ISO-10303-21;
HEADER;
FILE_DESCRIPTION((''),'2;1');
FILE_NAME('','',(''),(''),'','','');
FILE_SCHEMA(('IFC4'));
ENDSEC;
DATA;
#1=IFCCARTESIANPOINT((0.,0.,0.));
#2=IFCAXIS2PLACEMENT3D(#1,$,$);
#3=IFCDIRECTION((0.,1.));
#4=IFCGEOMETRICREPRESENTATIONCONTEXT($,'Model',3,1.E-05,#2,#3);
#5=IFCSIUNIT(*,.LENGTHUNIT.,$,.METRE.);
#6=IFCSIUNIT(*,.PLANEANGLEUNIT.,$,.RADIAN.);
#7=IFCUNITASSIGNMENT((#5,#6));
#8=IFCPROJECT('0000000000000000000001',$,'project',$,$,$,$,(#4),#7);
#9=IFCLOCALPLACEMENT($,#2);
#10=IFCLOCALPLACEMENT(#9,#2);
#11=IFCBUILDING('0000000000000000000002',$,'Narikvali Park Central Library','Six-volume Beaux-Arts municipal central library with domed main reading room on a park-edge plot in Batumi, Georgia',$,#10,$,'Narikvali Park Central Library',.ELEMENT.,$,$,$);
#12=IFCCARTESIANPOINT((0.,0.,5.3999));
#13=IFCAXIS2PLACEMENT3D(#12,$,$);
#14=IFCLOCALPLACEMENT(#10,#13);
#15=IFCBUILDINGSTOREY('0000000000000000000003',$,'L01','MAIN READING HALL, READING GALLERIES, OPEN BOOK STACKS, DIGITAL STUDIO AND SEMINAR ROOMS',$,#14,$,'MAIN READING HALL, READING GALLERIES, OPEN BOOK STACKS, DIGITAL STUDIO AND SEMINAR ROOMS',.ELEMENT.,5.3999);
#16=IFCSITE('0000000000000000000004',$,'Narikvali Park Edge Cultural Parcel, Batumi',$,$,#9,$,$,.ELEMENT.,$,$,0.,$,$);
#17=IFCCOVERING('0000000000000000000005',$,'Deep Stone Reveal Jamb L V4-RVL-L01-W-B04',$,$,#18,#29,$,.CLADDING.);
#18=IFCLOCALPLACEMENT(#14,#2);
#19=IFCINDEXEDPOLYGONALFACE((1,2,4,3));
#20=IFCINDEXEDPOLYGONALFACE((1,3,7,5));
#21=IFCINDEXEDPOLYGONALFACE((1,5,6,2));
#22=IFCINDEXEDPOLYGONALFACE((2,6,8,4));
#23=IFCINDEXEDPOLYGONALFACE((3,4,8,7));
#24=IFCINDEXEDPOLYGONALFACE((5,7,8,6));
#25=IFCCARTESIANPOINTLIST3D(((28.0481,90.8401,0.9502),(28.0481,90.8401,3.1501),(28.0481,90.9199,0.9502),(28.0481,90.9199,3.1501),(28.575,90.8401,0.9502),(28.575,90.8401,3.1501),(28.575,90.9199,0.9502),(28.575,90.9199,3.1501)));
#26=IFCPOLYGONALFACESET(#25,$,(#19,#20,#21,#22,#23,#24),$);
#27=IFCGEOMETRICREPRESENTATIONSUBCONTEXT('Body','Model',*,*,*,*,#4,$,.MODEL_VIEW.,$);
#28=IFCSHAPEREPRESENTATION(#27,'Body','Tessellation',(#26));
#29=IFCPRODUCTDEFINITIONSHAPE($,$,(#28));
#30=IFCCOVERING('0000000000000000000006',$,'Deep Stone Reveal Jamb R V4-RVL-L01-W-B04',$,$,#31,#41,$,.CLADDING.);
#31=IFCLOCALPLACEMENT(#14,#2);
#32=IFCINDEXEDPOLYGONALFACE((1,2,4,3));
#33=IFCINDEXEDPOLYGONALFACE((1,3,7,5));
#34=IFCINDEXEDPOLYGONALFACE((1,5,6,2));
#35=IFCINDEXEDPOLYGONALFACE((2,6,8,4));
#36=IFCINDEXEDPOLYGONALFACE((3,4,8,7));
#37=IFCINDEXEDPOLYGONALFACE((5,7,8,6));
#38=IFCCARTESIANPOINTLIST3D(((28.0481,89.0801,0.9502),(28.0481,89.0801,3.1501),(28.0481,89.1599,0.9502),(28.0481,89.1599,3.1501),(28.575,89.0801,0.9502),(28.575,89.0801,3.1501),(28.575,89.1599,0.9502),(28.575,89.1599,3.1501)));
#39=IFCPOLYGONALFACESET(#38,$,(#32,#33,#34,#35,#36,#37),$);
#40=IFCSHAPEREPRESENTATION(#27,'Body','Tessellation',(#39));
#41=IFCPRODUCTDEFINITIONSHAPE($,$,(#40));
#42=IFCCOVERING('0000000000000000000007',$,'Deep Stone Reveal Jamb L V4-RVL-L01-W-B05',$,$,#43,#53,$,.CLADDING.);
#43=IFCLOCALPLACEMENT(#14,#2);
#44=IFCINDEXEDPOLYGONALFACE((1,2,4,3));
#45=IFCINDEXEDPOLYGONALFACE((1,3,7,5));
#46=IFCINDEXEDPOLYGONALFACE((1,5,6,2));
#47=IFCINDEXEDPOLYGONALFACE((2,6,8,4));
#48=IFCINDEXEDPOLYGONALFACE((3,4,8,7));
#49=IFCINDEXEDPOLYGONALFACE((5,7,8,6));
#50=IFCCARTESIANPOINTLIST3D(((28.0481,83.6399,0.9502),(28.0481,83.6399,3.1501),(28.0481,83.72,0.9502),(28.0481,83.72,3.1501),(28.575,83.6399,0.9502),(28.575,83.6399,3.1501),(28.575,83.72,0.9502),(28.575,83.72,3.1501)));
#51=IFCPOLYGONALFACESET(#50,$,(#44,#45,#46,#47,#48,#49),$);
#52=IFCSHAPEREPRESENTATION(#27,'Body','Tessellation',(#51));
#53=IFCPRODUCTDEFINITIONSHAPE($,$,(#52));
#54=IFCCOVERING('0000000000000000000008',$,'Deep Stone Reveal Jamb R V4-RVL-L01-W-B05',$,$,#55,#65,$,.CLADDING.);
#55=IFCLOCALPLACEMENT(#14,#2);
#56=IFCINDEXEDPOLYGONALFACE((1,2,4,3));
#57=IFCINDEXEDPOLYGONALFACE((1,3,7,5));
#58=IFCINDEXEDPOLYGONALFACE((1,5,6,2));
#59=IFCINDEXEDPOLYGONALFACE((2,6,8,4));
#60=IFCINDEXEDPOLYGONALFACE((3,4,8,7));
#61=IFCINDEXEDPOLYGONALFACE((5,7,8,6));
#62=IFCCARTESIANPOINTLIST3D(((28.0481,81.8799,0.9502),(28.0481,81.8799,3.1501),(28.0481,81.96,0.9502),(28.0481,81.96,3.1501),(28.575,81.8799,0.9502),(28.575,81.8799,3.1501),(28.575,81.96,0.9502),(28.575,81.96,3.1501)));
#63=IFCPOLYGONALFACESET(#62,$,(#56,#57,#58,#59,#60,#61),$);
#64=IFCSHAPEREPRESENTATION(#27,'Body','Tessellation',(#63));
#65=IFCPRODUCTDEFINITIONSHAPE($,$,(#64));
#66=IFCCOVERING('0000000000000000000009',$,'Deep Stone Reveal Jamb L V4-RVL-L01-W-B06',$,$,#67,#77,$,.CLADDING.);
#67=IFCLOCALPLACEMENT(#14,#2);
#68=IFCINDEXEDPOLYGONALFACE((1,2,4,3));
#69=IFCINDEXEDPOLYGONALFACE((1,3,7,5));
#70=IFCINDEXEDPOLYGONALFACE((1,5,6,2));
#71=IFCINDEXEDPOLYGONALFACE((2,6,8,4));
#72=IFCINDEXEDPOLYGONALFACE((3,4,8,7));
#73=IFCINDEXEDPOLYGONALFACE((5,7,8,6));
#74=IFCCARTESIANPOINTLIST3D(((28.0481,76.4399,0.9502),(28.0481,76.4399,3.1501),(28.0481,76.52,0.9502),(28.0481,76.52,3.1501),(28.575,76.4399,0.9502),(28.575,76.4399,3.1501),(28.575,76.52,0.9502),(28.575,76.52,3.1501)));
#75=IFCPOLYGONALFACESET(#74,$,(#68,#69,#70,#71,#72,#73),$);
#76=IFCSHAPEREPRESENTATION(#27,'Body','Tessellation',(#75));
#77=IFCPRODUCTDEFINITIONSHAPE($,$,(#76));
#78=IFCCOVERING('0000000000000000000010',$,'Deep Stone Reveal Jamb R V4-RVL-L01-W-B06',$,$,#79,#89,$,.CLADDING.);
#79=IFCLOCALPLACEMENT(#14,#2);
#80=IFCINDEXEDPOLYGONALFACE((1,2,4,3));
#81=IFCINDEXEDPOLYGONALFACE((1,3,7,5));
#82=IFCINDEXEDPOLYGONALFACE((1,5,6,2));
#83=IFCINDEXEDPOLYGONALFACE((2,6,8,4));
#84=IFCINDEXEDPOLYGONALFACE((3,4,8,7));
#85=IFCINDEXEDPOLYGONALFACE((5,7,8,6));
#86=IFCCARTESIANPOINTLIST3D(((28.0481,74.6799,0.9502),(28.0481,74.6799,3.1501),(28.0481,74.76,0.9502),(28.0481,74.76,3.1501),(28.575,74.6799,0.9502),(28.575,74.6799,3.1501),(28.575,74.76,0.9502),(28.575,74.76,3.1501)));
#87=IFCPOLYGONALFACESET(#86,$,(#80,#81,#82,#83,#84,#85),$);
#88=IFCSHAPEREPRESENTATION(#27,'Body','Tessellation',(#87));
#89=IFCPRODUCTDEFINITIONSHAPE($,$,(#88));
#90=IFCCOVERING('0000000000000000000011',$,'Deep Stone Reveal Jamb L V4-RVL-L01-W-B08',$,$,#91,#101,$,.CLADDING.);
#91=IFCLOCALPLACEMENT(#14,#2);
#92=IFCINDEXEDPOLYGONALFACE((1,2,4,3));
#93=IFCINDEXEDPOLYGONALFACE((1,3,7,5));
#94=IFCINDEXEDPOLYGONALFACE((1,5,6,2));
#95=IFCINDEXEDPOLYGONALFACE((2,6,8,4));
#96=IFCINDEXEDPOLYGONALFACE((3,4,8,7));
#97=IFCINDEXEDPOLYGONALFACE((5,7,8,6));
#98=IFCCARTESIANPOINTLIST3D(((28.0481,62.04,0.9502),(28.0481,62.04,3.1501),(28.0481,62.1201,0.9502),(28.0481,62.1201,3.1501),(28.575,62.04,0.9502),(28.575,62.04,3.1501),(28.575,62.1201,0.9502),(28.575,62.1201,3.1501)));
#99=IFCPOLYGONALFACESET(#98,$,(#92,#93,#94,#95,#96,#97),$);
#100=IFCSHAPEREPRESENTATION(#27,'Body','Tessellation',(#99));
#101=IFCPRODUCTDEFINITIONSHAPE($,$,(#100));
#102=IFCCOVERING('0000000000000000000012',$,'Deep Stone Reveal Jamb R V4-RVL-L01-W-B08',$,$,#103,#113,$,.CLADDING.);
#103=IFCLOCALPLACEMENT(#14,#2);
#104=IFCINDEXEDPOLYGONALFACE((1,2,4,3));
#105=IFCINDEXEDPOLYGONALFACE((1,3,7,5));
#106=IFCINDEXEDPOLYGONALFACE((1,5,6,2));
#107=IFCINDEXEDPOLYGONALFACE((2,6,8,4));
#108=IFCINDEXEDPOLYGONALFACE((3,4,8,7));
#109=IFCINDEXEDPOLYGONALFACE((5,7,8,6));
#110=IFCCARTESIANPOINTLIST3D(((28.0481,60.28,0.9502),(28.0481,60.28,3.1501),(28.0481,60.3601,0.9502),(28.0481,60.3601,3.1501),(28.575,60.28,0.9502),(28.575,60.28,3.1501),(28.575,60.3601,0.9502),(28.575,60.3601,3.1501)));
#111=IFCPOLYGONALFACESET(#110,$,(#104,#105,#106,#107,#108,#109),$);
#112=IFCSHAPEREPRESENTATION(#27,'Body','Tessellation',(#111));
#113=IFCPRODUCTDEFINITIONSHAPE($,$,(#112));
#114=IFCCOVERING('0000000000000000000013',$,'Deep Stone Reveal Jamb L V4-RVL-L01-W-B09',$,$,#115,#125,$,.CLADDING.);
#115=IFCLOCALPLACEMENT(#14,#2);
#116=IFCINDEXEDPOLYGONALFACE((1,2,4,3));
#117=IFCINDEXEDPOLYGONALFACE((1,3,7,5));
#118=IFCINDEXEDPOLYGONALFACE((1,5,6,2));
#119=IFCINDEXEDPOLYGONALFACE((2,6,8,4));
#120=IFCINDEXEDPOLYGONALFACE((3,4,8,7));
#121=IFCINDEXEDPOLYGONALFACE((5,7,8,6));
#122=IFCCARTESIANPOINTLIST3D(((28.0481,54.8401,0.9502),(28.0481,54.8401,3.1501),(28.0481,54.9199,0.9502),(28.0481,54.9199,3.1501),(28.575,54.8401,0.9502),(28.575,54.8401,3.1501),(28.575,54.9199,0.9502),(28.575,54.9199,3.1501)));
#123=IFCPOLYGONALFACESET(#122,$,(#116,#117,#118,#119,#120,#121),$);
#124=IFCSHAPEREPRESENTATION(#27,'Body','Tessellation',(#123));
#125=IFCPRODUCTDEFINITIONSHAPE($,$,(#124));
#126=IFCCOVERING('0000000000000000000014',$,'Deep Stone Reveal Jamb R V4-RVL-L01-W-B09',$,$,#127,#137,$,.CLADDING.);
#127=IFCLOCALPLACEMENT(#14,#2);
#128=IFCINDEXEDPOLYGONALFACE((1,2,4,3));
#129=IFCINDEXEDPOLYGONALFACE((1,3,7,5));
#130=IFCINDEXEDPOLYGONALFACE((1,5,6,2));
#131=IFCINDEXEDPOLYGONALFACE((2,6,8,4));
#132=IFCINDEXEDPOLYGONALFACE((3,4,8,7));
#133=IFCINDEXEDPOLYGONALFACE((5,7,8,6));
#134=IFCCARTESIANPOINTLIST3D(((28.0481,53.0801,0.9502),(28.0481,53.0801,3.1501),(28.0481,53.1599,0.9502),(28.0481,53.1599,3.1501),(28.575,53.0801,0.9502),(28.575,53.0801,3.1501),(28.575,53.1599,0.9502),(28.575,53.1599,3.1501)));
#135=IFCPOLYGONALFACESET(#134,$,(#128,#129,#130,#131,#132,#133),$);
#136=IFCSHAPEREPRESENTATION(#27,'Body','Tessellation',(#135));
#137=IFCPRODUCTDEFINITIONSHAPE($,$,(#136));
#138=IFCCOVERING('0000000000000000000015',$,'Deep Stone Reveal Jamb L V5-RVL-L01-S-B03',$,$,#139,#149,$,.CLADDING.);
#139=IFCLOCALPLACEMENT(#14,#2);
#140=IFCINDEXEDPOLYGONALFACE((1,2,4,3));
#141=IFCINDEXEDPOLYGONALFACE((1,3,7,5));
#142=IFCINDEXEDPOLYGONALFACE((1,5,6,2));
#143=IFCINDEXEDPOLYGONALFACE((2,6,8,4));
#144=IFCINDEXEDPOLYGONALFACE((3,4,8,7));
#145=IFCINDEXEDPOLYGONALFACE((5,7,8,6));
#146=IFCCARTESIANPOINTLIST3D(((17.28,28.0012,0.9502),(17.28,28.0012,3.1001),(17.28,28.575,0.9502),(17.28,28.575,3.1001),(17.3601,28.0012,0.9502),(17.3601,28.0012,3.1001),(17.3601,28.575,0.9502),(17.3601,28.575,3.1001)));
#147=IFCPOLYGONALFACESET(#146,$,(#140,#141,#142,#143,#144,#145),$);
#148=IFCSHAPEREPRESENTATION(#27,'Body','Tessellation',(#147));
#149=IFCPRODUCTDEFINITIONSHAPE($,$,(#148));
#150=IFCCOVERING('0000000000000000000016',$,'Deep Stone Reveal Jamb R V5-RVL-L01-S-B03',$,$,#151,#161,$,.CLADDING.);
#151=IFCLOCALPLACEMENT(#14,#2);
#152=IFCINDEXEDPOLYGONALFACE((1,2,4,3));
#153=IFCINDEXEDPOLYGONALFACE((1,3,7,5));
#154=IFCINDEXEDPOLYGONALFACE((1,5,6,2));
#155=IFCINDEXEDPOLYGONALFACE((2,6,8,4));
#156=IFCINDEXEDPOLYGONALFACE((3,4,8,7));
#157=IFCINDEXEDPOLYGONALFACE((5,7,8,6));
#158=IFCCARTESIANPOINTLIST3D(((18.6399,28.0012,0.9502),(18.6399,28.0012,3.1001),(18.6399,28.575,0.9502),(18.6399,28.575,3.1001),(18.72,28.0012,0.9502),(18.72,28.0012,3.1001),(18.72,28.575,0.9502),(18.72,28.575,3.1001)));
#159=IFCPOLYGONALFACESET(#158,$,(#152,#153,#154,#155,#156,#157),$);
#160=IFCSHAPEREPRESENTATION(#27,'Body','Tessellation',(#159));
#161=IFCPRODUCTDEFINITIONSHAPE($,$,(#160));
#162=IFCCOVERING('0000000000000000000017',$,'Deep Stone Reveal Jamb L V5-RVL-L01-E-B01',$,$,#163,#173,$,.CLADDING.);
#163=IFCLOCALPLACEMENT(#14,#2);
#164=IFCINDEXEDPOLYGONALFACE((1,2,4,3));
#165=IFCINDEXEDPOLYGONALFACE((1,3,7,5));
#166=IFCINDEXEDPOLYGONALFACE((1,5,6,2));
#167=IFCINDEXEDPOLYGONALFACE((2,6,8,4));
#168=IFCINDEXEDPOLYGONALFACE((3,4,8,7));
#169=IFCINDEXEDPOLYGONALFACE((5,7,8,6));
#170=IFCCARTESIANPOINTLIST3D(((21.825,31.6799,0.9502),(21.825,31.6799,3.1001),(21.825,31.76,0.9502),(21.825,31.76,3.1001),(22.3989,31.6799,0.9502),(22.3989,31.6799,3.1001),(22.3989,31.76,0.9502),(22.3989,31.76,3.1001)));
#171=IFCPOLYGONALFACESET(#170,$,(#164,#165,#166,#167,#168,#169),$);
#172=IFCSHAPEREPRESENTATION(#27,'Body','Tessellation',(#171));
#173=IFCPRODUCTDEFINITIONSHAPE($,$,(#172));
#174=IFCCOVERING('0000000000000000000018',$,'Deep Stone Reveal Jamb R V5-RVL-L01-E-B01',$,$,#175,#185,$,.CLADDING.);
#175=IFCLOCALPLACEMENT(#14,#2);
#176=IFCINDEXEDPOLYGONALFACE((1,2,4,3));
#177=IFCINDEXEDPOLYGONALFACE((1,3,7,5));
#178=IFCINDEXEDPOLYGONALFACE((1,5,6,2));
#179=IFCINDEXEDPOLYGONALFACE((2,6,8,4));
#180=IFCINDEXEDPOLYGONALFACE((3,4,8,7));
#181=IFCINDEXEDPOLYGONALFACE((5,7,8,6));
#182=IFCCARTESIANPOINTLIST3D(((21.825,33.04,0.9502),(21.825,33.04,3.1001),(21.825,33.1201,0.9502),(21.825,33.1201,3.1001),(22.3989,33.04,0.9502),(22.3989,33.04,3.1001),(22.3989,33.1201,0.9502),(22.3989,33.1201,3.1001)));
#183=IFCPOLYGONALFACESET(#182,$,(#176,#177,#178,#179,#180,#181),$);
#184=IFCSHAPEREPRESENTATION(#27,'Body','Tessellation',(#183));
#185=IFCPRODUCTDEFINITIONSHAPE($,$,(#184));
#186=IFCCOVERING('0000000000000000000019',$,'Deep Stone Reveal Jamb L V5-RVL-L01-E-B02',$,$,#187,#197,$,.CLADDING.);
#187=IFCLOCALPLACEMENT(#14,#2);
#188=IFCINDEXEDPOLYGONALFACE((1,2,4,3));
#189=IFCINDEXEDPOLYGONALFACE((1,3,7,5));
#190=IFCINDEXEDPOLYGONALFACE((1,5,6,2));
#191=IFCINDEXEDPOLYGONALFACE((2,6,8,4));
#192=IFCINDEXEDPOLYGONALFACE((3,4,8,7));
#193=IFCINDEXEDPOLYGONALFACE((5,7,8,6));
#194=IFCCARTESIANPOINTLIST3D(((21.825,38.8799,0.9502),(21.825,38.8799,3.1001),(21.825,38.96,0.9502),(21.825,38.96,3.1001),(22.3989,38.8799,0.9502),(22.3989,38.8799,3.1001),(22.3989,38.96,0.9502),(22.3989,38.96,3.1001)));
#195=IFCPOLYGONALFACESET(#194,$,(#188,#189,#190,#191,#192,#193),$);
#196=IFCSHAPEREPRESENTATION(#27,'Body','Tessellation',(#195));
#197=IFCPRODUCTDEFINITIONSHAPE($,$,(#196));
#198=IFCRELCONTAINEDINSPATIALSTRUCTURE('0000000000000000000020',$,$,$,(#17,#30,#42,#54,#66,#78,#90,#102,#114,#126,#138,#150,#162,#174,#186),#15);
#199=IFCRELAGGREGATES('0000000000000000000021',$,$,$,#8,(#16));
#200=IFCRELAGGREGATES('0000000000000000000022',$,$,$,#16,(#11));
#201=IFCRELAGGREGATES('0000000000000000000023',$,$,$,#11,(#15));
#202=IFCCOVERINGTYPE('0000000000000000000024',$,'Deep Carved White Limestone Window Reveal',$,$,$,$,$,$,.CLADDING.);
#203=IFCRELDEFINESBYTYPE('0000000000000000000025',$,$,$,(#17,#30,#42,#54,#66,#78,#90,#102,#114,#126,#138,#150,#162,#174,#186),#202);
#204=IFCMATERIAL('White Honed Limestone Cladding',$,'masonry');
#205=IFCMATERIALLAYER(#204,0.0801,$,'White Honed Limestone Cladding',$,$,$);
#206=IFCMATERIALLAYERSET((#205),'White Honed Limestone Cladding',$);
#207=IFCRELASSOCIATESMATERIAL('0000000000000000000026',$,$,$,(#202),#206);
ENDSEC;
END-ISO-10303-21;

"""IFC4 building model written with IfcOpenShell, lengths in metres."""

from ifc_helpers import new_model, si_unit, direction, frame, origin, place, context, subcontext, project, spatial, polyline, outline, extrude, material, layer, layer_set, type_object, element, save


model = new_model("IFC4")

# Units and contexts
model_context = context("Model", 3, precision=1e-05, world=origin(), true_north=direction((0.0, 1.0)))
body_context = subcontext(model_context, "Body", "Model", "MODEL_VIEW")
ifc_project = project(units=[si_unit("LENGTHUNIT", "METRE"), si_unit("PLANEANGLEUNIT", "RADIAN")], contexts=[model_context])

# Site, building, storey
site_placement = place(None, origin())
site = spatial("IfcSite", under=ifc_project, at=site_placement, Name="Narikvali Park Edge Cultural Parcel, Batumi", CompositionType="ELEMENT", RefElevation=0.0)
building_placement = place(site_placement, origin())
building = spatial("IfcBuilding", under=site, at=building_placement, Name="Narikvali Park Central Library", Description="Six-volume Beaux-Arts municipal central library with domed main reading room on a park-edge plot in Batumi, Georgia", LongName="Narikvali Park Central Library", CompositionType="ELEMENT")
storey_placement = place(building_placement, frame((0.0, 0.0, 5.3999)))
storey = spatial("IfcBuildingStorey", under=building, at=storey_placement, Name="L01", Description="MAIN READING HALL, READING GALLERIES, OPEN BOOK STACKS, DIGITAL STUDIO AND SEMINAR ROOMS", LongName="MAIN READING HALL, READING GALLERIES, OPEN BOOK STACKS, DIGITAL STUDIO AND SEMINAR ROOMS", CompositionType="ELEMENT", Elevation=5.3999)

# Coverings
ifc_material = material(Name="White Honed Limestone Cladding", Category="masonry")
ifc_layer = layer(ifc_material, 0.0801, Name="White Honed Limestone Cladding")
ifc_layer_set = layer_set([ifc_layer], Name="White Honed Limestone Cladding")
covering_type = type_object("IfcCoveringType", Name="Deep Carved White Limestone Window Reveal", PredefinedType="CLADDING", material=ifc_layer_set)
covering_1_placement = place(storey_placement, frame((0.0, 0.0, 0.9502)))
element("IfcCovering", 1, at=covering_1_placement, inside=storey, type_object=covering_type, Name="Deep Stone Reveal Jamb L V4-RVL-L01-W-B04", PredefinedType="CLADDING", context=body_context, shape_type="SweptSolid", body=[
    extrude(outline(polyline([(28.575, 90.9199), (28.575, 90.8401), (28.0481, 90.8401), (28.0481, 90.9199), (28.575, 90.9199)])), origin(), (0.0, 0.0, 1.0), 2.2),
])
covering_2_placement = place(storey_placement, frame((0.0, 0.0, 0.9502)))
element("IfcCovering", 2, at=covering_2_placement, inside=storey, type_object=covering_type, Name="Deep Stone Reveal Jamb R V4-RVL-L01-W-B04", PredefinedType="CLADDING", context=body_context, shape_type="SweptSolid", body=[
    extrude(outline(polyline([(28.575, 89.1599), (28.575, 89.0801), (28.0481, 89.0801), (28.0481, 89.1599), (28.575, 89.1599)])), origin(), (0.0, 0.0, 1.0), 2.2),
])
covering_3_placement = place(storey_placement, frame((0.0, 0.0, 0.9502)))
element("IfcCovering", 3, at=covering_3_placement, inside=storey, type_object=covering_type, Name="Deep Stone Reveal Jamb L V4-RVL-L01-W-B05", PredefinedType="CLADDING", context=body_context, shape_type="SweptSolid", body=[
    extrude(outline(polyline([(28.575, 83.72), (28.575, 83.6399), (28.0481, 83.6399), (28.0481, 83.72), (28.575, 83.72)])), origin(), (0.0, 0.0, 1.0), 2.2),
])
covering_4_placement = place(storey_placement, frame((0.0, 0.0, 0.9502)))
element("IfcCovering", 4, at=covering_4_placement, inside=storey, type_object=covering_type, Name="Deep Stone Reveal Jamb R V4-RVL-L01-W-B05", PredefinedType="CLADDING", context=body_context, shape_type="SweptSolid", body=[
    extrude(outline(polyline([(28.575, 81.96), (28.575, 81.8799), (28.0481, 81.8799), (28.0481, 81.96), (28.575, 81.96)])), origin(), (0.0, 0.0, 1.0), 2.2),
])
covering_5_placement = place(storey_placement, frame((0.0, 0.0, 0.9502)))
element("IfcCovering", 5, at=covering_5_placement, inside=storey, type_object=covering_type, Name="Deep Stone Reveal Jamb L V4-RVL-L01-W-B06", PredefinedType="CLADDING", context=body_context, shape_type="SweptSolid", body=[
    extrude(outline(polyline([(28.575, 76.52), (28.575, 76.4399), (28.0481, 76.4399), (28.0481, 76.52), (28.575, 76.52)])), origin(), (0.0, 0.0, 1.0), 2.2),
])
covering_6_placement = place(storey_placement, frame((0.0, 0.0, 0.9502)))
element("IfcCovering", 6, at=covering_6_placement, inside=storey, type_object=covering_type, Name="Deep Stone Reveal Jamb R V4-RVL-L01-W-B06", PredefinedType="CLADDING", context=body_context, shape_type="SweptSolid", body=[
    extrude(outline(polyline([(28.575, 74.76), (28.575, 74.6799), (28.0481, 74.6799), (28.0481, 74.76), (28.575, 74.76)])), origin(), (0.0, 0.0, 1.0), 2.2),
])
covering_7_placement = place(storey_placement, frame((0.0, 0.0, 0.9502)))
element("IfcCovering", 7, at=covering_7_placement, inside=storey, type_object=covering_type, Name="Deep Stone Reveal Jamb L V4-RVL-L01-W-B08", PredefinedType="CLADDING", context=body_context, shape_type="SweptSolid", body=[
    extrude(outline(polyline([(28.575, 62.1201), (28.575, 62.04), (28.0481, 62.04), (28.0481, 62.1201), (28.575, 62.1201)])), origin(), (0.0, 0.0, 1.0), 2.2),
])
covering_8_placement = place(storey_placement, frame((0.0, 0.0, 0.9502)))
element("IfcCovering", 8, at=covering_8_placement, inside=storey, type_object=covering_type, Name="Deep Stone Reveal Jamb R V4-RVL-L01-W-B08", PredefinedType="CLADDING", context=body_context, shape_type="SweptSolid", body=[
    extrude(outline(polyline([(28.575, 60.3601), (28.575, 60.28), (28.0481, 60.28), (28.0481, 60.3601), (28.575, 60.3601)])), origin(), (0.0, 0.0, 1.0), 2.2),
])
covering_9_placement = place(storey_placement, frame((0.0, 0.0, 0.9502)))
element("IfcCovering", 9, at=covering_9_placement, inside=storey, type_object=covering_type, Name="Deep Stone Reveal Jamb L V4-RVL-L01-W-B09", PredefinedType="CLADDING", context=body_context, shape_type="SweptSolid", body=[
    extrude(outline(polyline([(28.575, 54.9199), (28.575, 54.8401), (28.0481, 54.8401), (28.0481, 54.9199), (28.575, 54.9199)])), origin(), (0.0, 0.0, 1.0), 2.2),
])
covering_10_placement = place(storey_placement, frame((0.0, 0.0, 0.9502)))
element("IfcCovering", 10, at=covering_10_placement, inside=storey, type_object=covering_type, Name="Deep Stone Reveal Jamb R V4-RVL-L01-W-B09", PredefinedType="CLADDING", context=body_context, shape_type="SweptSolid", body=[
    extrude(outline(polyline([(28.575, 53.1599), (28.575, 53.0801), (28.0481, 53.0801), (28.0481, 53.1599), (28.575, 53.1599)])), origin(), (0.0, 0.0, 1.0), 2.2),
])
covering_11_placement = place(storey_placement, frame((0.0, 0.0, 0.9502)))
element("IfcCovering", 11, at=covering_11_placement, inside=storey, type_object=covering_type, Name="Deep Stone Reveal Jamb L V5-RVL-L01-S-B03", PredefinedType="CLADDING", context=body_context, shape_type="SweptSolid", body=[
    extrude(outline(polyline([(17.28, 28.575), (17.3601, 28.575), (17.3601, 28.0012), (17.28, 28.0012), (17.28, 28.575)])), origin(), (0.0, 0.0, 1.0), 2.1499),
])
covering_12_placement = place(storey_placement, frame((0.0, 0.0, 0.9502)))
element("IfcCovering", 12, at=covering_12_placement, inside=storey, type_object=covering_type, Name="Deep Stone Reveal Jamb R V5-RVL-L01-S-B03", PredefinedType="CLADDING", context=body_context, shape_type="SweptSolid", body=[
    extrude(outline(polyline([(18.6399, 28.575), (18.72, 28.575), (18.72, 28.0012), (18.6399, 28.0012), (18.6399, 28.575)])), origin(), (0.0, 0.0, 1.0), 2.1499),
])
covering_13_placement = place(storey_placement, frame((0.0, 0.0, 0.9502)))
element("IfcCovering", 13, at=covering_13_placement, inside=storey, type_object=covering_type, Name="Deep Stone Reveal Jamb L V5-RVL-L01-E-B01", PredefinedType="CLADDING", context=body_context, shape_type="SweptSolid", body=[
    extrude(outline(polyline([(21.825, 31.6799), (21.825, 31.76), (22.3989, 31.76), (22.3989, 31.6799), (21.825, 31.6799)])), origin(), (0.0, 0.0, 1.0), 2.1499),
])
covering_14_placement = place(storey_placement, frame((0.0, 0.0, 0.9502)))
element("IfcCovering", 14, at=covering_14_placement, inside=storey, type_object=covering_type, Name="Deep Stone Reveal Jamb R V5-RVL-L01-E-B01", PredefinedType="CLADDING", context=body_context, shape_type="SweptSolid", body=[
    extrude(outline(polyline([(21.825, 33.04), (21.825, 33.1201), (22.3989, 33.1201), (22.3989, 33.04), (21.825, 33.04)])), origin(), (0.0, 0.0, 1.0), 2.1499),
])
covering_15_placement = place(storey_placement, frame((0.0, 0.0, 0.9502)))
element("IfcCovering", 15, at=covering_15_placement, inside=storey, type_object=covering_type, Name="Deep Stone Reveal Jamb L V5-RVL-L01-E-B02", PredefinedType="CLADDING", context=body_context, shape_type="SweptSolid", body=[
    extrude(outline(polyline([(21.825, 38.8799), (21.825, 38.96), (22.3989, 38.96), (22.3989, 38.8799), (21.825, 38.8799)])), origin(), (0.0, 0.0, 1.0), 2.1499),
])

save(model, "model.ifc")
